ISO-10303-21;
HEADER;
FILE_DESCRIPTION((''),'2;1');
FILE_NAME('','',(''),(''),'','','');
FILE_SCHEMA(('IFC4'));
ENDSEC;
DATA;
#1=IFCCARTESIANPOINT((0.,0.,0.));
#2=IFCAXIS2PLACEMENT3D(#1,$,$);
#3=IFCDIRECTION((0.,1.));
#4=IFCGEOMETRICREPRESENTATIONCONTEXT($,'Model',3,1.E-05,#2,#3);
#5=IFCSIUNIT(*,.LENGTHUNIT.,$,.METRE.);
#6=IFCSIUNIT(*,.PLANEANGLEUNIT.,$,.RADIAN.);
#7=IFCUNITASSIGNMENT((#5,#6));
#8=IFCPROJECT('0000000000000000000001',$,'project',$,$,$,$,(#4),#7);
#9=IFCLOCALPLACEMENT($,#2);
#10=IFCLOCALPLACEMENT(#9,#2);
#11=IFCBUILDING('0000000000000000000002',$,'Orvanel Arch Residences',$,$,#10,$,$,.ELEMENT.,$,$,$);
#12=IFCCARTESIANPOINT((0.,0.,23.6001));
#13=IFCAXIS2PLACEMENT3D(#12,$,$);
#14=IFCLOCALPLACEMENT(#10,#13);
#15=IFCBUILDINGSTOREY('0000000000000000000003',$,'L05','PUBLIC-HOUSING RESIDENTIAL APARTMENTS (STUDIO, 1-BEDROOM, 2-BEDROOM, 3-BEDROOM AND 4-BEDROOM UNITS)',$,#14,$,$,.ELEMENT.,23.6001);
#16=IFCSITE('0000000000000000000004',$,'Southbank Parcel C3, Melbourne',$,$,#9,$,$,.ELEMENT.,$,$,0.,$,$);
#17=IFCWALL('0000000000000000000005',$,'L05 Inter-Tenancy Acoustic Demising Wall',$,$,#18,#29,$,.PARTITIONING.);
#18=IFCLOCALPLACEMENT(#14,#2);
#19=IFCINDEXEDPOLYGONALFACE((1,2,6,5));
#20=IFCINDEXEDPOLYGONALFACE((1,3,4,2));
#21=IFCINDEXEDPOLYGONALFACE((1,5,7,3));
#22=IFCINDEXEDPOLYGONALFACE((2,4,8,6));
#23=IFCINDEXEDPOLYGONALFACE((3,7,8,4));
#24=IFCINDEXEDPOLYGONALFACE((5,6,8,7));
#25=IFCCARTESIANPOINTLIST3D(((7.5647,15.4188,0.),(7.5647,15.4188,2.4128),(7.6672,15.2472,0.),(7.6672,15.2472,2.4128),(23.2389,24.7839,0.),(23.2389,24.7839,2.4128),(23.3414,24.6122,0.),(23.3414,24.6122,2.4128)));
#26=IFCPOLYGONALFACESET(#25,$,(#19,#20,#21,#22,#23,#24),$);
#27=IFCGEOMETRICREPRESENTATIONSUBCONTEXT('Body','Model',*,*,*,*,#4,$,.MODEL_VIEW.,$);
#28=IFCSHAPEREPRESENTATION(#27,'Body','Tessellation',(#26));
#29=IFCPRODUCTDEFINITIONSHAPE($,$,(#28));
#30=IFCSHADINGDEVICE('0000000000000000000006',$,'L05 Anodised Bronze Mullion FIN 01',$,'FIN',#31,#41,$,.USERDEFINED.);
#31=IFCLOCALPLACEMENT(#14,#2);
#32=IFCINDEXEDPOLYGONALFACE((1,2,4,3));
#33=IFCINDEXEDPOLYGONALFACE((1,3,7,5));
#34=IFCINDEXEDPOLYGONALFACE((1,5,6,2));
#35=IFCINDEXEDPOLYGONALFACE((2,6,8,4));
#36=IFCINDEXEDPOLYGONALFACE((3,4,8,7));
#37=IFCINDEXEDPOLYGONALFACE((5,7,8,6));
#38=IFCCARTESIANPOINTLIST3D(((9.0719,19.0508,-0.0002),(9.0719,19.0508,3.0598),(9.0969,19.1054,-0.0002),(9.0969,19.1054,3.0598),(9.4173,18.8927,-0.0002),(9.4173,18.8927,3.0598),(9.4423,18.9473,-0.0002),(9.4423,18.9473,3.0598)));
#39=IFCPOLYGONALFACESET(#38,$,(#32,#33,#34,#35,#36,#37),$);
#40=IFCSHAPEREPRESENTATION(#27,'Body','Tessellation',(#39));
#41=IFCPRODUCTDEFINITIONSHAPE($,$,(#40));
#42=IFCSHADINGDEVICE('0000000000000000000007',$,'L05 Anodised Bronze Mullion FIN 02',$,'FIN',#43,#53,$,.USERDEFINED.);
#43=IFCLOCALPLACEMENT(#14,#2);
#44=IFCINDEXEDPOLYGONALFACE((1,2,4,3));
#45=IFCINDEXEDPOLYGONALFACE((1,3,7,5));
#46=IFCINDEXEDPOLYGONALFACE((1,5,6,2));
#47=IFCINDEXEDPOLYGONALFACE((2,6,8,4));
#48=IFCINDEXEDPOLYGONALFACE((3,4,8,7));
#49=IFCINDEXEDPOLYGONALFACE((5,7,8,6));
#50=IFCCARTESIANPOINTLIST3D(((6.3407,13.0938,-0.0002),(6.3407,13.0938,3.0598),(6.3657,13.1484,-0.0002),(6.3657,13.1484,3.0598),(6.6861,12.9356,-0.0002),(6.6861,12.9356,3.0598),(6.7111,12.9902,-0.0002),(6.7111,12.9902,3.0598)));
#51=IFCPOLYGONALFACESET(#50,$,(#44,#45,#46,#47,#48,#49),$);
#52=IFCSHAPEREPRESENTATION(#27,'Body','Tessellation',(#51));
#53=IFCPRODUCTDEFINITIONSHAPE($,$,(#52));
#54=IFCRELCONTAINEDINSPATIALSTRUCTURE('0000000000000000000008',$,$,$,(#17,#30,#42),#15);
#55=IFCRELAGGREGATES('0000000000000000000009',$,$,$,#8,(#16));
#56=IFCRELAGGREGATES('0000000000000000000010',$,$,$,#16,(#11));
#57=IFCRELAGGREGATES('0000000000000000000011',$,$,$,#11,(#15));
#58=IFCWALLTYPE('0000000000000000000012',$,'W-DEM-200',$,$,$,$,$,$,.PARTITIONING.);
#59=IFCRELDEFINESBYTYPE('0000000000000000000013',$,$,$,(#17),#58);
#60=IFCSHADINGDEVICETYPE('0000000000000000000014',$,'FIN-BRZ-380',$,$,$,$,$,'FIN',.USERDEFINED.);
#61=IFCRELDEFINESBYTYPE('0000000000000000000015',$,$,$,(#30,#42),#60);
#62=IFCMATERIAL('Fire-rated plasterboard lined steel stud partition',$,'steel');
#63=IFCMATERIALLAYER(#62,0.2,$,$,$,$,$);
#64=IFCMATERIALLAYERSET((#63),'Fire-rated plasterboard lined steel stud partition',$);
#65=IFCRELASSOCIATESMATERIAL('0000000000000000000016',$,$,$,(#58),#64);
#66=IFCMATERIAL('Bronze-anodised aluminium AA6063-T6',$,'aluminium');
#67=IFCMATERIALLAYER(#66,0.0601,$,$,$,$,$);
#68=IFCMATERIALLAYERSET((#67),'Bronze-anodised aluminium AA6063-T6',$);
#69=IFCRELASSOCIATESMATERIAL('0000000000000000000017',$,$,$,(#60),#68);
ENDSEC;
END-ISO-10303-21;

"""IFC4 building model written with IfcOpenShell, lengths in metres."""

from ifc_helpers import new_model, si_unit, direction, frame, frame_2d, origin, origin_2d, place, context, subcontext, project, spatial, rectangle, extrude, material, layer, layer_set, type_object, element, save


model = new_model("IFC4")

# Units and contexts
model_context = context("Model", 3, precision=1e-05, world=origin(), true_north=direction((0.0, 1.0)))
body_context = subcontext(model_context, "Body", "Model", "MODEL_VIEW")
ifc_project = project(units=[si_unit("LENGTHUNIT", "METRE"), si_unit("PLANEANGLEUNIT", "RADIAN")], contexts=[model_context])

# Site, building, storey
site_placement = place(None, origin())
site = spatial("IfcSite", under=ifc_project, at=site_placement, Name="Southbank Parcel C3, Melbourne", CompositionType="ELEMENT", RefElevation=0.0)
building_placement = place(site_placement, origin())
building = spatial("IfcBuilding", under=site, at=building_placement, Name="Orvanel Arch Residences", CompositionType="ELEMENT")
storey_placement = place(building_placement, frame((0.0, 0.0, 23.6001)))
storey = spatial("IfcBuildingStorey", under=building, at=storey_placement, Name="L05", Description="PUBLIC-HOUSING RESIDENTIAL APARTMENTS (STUDIO, 1-BEDROOM, 2-BEDROOM, 3-BEDROOM AND 4-BEDROOM UNITS)", CompositionType="ELEMENT", Elevation=23.6001)

# Shared definitions
ifc_material_1 = material(Name="Bronze-anodised aluminium AA6063-T6", Category="aluminium")

# Wall
ifc_material_2 = material(Name="Fire-rated plasterboard lined steel stud partition", Category="steel")
ifc_layer_1 = layer(ifc_material_2, 0.2)
ifc_layer_set_1 = layer_set([ifc_layer_1], Name="Fire-rated plasterboard lined steel stud partition")
wall_type = type_object("IfcWallType", Name="W-DEM-200", PredefinedType="PARTITIONING", material=ifc_layer_set_1)
wall_placement = place(storey_placement, frame((7.616, 15.333, 0.0), z_axis=(0.0, 0.0, 1.0), x_axis=(0.858445, 0.512906, 0.0)))
element("IfcWall", 1, at=wall_placement, inside=storey, type_object=wall_type, Name="L05 Inter-Tenancy Acoustic Demising Wall", PredefinedType="PARTITIONING", context=body_context, shape_type="SweptSolid", body=[
    extrude(rectangle(XDim=18.2588, YDim=0.2, at=frame_2d((9.1294, 0.0))), origin(), (0.0, 0.0, 1.0), 2.4128),
])

# Shading devices
ifc_layer_2 = layer(ifc_material_1, 0.0601)
ifc_layer_set_2 = layer_set([ifc_layer_2], Name="Bronze-anodised aluminium AA6063-T6")
shading_device_type = type_object("IfcShadingDeviceType", Name="FIN-BRZ-380", ElementType="FIN", PredefinedType="USERDEFINED", material=ifc_layer_set_2)
for number, where, z_axis, x_axis, name in (
    (2, (9.2571, 18.999, -0.0002), (0.0, 0.0, 1.0), (-0.909236, 0.416281, 0.0), "L05 Anodised Bronze Mullion FIN 01"),
    (3, (6.5259, 13.042, -0.0002), (0.0, 0.0, 1.0), (-0.909236, 0.416281, 0.0), "L05 Anodised Bronze Mullion FIN 02"),
):
    element("IfcShadingDevice", number, at=place(storey_placement, frame(where, z_axis=z_axis, x_axis=x_axis)), inside=storey, type_object=shading_device_type, Name=name, ObjectType="FIN", PredefinedType="USERDEFINED", context=body_context, shape_type="SweptSolid", body=[
        extrude(rectangle(XDim=0.3799, YDim=0.0601, at=origin_2d()), origin(), (0.0, 0.0, 1.0), 3.0601),
    ])

save(model, "model.ifc")
